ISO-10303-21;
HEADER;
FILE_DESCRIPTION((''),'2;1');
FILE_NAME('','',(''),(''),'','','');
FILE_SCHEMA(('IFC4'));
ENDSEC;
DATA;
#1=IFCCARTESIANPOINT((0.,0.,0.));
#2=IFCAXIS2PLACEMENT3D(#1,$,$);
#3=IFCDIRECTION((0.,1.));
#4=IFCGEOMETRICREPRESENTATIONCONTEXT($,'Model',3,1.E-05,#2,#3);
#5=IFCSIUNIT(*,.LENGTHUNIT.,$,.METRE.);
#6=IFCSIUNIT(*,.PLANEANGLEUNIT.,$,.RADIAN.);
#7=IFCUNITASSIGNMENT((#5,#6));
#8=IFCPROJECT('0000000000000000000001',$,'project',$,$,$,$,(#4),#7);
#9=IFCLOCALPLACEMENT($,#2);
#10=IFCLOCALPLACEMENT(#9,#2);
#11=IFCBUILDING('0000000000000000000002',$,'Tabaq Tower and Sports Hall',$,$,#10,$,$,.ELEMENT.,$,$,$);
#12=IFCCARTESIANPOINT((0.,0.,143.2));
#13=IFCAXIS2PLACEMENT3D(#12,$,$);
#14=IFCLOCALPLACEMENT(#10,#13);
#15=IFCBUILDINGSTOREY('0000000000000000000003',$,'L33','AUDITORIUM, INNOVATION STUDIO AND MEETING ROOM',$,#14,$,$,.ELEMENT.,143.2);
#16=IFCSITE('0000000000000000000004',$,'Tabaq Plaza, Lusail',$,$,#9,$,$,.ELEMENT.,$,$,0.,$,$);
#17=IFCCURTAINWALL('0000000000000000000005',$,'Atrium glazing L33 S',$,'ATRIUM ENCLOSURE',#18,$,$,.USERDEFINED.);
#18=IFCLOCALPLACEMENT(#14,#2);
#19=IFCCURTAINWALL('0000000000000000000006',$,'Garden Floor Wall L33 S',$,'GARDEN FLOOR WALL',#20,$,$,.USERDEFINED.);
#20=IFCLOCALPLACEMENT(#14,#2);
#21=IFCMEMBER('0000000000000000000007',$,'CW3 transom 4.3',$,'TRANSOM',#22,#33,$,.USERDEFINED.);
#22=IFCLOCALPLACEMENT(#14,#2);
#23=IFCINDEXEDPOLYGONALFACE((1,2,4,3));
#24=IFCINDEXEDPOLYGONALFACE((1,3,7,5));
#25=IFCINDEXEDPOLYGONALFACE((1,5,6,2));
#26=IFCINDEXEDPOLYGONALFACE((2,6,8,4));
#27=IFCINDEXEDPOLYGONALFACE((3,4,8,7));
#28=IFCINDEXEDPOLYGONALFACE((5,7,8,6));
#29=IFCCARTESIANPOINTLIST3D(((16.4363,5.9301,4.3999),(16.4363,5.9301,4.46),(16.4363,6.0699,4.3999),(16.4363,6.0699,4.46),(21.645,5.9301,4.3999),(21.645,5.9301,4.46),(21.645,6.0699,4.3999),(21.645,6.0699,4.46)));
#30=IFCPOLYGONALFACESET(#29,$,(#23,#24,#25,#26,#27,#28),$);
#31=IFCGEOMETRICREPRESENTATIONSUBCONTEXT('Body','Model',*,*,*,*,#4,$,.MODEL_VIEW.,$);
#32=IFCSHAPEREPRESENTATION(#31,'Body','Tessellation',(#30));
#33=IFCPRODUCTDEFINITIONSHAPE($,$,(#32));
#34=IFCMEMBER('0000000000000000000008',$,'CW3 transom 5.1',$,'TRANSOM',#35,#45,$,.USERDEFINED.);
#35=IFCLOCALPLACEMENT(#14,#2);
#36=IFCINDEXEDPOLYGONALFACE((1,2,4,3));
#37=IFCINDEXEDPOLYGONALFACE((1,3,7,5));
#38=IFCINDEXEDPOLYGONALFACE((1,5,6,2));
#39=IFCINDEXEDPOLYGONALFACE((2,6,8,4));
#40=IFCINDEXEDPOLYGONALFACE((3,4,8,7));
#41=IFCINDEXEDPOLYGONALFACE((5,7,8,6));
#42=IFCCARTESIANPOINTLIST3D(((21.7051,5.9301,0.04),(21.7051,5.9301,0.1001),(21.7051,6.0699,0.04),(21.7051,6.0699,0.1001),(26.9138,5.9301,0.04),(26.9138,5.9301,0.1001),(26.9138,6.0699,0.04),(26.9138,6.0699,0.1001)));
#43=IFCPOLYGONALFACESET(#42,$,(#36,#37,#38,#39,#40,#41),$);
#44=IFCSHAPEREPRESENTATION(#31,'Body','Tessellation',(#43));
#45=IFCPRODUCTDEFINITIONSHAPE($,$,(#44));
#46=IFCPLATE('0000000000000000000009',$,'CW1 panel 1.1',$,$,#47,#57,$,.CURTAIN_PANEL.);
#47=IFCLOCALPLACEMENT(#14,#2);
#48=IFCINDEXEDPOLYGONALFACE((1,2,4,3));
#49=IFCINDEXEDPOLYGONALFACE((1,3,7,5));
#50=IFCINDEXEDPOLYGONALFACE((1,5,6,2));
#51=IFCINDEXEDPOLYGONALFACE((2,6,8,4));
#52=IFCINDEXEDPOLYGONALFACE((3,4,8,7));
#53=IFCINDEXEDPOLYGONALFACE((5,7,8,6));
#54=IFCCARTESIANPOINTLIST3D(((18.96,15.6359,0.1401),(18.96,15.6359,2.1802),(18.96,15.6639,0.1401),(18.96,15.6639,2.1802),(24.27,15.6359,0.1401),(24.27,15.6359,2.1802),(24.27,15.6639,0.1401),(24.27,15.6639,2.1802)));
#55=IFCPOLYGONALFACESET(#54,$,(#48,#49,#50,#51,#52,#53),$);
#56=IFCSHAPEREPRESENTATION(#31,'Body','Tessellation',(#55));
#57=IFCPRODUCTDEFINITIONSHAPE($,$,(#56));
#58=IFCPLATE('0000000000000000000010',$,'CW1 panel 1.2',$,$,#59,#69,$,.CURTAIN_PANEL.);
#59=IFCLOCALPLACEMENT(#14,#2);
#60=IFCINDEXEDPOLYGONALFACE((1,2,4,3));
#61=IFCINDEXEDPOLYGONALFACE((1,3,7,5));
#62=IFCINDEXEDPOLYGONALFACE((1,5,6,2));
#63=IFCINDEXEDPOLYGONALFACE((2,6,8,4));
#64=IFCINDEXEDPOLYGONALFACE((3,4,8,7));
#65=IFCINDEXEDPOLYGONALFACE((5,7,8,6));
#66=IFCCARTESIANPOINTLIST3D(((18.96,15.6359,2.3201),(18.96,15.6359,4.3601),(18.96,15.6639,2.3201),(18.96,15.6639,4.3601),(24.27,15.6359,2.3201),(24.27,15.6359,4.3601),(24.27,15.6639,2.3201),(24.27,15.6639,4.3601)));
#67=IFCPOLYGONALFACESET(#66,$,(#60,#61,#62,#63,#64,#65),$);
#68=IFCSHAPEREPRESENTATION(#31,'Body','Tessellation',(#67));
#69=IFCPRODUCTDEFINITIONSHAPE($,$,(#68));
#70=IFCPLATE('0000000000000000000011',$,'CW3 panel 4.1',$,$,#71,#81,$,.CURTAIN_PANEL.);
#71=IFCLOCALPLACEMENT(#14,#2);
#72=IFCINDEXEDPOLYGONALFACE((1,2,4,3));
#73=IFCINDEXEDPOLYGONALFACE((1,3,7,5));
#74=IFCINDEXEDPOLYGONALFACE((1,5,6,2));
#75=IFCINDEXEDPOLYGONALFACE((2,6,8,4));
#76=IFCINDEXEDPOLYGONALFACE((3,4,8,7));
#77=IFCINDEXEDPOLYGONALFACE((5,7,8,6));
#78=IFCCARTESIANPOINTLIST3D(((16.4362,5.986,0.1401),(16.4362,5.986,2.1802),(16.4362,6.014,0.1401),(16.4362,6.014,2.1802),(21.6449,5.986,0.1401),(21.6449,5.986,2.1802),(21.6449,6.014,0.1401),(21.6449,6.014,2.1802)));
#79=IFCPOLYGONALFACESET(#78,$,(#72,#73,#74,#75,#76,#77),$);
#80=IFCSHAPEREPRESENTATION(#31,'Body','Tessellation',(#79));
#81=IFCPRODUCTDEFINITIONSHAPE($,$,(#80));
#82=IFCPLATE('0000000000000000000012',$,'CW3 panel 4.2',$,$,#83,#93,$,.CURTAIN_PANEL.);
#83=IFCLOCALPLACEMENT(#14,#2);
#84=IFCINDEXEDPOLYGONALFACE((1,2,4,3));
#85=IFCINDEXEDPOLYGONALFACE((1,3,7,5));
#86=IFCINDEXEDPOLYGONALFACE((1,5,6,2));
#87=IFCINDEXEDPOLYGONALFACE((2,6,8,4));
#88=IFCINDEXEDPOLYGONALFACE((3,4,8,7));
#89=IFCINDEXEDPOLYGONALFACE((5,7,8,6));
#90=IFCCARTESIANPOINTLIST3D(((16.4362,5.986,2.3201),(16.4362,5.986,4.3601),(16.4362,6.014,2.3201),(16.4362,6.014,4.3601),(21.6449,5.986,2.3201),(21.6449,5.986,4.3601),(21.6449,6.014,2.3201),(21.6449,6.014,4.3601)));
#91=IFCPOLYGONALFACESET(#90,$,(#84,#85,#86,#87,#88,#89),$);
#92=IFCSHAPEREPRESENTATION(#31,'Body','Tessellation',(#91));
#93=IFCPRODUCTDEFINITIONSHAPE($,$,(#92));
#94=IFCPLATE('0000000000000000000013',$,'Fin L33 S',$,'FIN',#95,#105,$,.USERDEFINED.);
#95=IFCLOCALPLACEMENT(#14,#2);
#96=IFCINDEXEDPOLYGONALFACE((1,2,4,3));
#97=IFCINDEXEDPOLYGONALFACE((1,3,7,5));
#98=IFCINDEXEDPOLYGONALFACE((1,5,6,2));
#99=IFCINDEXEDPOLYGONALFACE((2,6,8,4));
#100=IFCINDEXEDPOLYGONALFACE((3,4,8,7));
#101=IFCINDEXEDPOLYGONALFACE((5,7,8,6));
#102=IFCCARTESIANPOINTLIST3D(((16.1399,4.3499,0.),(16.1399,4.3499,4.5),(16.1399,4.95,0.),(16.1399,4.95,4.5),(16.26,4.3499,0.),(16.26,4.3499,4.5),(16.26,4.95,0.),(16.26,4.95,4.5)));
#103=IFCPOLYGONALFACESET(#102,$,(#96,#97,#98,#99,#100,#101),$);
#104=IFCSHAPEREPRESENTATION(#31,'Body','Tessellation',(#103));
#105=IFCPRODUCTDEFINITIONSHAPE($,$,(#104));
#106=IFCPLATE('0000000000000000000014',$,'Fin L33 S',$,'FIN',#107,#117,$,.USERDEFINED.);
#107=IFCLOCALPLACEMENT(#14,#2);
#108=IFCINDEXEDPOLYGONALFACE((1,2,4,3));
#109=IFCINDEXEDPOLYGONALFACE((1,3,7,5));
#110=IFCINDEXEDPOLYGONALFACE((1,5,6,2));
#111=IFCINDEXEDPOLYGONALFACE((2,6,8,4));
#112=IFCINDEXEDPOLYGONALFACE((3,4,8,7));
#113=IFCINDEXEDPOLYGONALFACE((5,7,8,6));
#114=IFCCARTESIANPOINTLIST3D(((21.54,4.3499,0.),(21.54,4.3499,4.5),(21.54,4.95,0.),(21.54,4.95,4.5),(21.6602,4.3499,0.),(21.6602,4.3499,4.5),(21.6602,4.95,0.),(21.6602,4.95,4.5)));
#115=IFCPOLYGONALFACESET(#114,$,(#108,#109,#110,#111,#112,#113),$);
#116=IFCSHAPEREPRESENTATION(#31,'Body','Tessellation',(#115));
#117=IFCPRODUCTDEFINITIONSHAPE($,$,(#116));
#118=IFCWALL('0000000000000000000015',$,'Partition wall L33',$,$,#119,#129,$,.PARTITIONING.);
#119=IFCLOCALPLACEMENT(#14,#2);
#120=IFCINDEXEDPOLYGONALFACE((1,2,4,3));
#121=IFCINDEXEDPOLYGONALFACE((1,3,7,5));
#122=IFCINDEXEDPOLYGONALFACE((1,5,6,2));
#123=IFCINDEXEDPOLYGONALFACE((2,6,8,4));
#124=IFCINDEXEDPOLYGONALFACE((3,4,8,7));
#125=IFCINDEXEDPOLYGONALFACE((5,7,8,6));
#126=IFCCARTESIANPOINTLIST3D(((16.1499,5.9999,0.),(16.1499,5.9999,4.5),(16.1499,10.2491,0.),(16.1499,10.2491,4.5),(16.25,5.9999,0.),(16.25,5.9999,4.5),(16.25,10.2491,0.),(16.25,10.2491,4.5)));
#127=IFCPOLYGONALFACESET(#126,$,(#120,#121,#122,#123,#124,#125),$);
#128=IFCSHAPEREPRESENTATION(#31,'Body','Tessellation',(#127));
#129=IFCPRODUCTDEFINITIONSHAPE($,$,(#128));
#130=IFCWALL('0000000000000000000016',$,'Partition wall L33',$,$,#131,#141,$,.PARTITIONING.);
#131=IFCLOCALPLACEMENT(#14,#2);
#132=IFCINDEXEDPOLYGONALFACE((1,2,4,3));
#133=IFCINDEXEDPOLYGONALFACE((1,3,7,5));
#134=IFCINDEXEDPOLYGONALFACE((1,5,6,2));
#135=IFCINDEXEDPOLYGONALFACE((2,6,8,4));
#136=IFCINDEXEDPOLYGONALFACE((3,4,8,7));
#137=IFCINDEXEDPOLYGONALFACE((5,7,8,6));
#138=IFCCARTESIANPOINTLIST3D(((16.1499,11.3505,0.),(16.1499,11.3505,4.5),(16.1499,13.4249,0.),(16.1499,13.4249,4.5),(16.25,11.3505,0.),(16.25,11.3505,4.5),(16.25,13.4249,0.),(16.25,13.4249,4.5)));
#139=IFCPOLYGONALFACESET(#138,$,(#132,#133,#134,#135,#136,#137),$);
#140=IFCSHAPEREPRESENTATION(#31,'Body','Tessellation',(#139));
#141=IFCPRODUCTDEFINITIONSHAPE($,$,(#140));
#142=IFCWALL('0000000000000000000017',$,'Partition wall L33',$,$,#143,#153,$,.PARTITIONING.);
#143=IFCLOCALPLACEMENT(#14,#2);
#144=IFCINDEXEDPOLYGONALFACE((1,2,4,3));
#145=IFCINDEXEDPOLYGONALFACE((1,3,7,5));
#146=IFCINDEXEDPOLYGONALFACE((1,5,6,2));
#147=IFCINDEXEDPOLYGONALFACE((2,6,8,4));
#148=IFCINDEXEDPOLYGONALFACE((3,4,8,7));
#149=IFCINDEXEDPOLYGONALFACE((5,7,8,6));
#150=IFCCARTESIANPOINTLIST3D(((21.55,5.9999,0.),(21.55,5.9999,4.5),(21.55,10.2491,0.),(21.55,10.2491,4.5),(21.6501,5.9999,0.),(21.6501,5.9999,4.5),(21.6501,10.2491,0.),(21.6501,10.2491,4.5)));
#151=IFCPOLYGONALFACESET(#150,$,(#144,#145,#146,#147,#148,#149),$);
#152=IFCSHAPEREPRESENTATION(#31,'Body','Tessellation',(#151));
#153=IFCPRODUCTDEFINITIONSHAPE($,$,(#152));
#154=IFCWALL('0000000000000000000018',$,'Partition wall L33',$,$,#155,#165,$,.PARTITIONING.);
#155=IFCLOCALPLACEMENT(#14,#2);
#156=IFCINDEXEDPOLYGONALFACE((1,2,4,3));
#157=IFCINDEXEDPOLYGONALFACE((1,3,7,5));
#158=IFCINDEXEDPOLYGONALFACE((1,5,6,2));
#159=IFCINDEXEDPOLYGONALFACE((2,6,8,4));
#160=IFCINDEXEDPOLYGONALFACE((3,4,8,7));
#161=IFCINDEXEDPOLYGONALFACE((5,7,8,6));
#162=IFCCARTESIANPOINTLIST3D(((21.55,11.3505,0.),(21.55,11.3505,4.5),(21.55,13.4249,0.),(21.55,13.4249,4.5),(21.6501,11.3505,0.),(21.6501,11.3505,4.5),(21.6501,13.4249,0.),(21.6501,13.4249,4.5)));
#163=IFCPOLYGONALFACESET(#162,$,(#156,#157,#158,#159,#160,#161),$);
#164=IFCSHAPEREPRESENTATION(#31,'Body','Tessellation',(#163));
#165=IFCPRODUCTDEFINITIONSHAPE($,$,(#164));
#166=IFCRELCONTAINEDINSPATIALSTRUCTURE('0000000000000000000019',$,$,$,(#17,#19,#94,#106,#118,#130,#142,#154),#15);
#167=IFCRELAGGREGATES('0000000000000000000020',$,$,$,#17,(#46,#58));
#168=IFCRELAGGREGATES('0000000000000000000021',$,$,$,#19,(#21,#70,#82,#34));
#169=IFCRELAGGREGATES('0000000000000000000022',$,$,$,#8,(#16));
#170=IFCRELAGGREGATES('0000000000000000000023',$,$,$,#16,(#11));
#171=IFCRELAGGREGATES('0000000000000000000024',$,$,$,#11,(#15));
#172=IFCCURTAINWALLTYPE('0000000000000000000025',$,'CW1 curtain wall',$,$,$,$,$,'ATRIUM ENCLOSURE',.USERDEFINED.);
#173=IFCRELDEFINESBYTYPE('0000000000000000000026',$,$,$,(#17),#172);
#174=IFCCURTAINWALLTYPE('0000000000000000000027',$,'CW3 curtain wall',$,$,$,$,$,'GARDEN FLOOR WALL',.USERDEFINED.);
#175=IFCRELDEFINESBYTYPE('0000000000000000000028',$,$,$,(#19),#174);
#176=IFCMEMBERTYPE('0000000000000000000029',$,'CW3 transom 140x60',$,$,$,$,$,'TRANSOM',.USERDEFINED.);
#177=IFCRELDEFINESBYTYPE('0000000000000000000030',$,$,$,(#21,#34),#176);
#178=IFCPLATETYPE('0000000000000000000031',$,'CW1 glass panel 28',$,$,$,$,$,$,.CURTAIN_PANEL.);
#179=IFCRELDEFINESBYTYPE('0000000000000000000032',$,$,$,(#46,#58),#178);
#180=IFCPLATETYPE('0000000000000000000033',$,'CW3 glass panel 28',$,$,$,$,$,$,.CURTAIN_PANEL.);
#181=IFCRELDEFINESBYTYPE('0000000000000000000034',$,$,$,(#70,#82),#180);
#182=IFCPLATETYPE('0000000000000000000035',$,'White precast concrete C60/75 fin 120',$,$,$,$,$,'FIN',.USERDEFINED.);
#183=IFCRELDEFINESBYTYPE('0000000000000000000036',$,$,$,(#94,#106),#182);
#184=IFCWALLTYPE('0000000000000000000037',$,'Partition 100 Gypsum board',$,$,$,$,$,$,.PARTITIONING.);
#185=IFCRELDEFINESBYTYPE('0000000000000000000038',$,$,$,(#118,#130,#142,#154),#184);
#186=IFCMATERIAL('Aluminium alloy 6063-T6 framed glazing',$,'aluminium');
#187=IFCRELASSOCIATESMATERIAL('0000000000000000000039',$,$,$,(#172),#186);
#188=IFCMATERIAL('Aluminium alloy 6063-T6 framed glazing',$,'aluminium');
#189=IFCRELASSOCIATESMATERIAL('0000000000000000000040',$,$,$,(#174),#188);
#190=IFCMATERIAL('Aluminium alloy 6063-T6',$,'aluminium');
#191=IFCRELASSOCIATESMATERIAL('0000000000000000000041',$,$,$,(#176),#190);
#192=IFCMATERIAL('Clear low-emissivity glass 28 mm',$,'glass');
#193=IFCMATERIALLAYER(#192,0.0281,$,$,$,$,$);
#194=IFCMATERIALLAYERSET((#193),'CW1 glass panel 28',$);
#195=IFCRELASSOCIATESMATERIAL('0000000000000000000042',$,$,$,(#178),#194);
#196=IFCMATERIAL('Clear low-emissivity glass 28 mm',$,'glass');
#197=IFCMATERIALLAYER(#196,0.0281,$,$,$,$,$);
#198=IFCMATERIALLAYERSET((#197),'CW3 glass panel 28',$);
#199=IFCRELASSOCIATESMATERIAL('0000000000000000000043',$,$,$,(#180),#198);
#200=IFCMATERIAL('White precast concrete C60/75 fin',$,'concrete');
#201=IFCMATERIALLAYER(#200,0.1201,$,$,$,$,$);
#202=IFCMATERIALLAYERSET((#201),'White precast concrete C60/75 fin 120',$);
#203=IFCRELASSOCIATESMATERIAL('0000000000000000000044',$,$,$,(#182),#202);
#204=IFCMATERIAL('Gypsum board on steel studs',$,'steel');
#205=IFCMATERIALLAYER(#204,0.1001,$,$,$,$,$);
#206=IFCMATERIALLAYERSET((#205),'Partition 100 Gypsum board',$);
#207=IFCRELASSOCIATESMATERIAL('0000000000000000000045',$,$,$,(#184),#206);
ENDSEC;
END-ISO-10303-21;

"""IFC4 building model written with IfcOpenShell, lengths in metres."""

from ifc_helpers import new_model, si_unit, direction, frame, frame_2d, origin, origin_2d, place, context, subcontext, project, spatial, rectangle, extrude, material, layer, layer_set, material_profile, profile_set, type_object, element, aggregate, save


model = new_model("IFC4")

# Units and contexts
model_context = context("Model", 3, precision=1e-05, world=origin(), true_north=direction((0.0, 1.0)))
body_context = subcontext(model_context, "Body", "Model", "MODEL_VIEW")
ifc_project = project(units=[si_unit("LENGTHUNIT", "METRE"), si_unit("PLANEANGLEUNIT", "RADIAN")], contexts=[model_context])

# Site, building, storey
site_placement = place(None, origin())
site = spatial("IfcSite", under=ifc_project, at=site_placement, Name="Tabaq Plaza, Lusail", CompositionType="ELEMENT", RefElevation=0.0)
building_placement = place(site_placement, origin())
building = spatial("IfcBuilding", under=site, at=building_placement, Name="Tabaq Tower and Sports Hall", CompositionType="ELEMENT")
storey_placement = place(building_placement, frame((0.0, 0.0, 143.2)))
storey = spatial("IfcBuildingStorey", under=building, at=storey_placement, Name="L33", Description="AUDITORIUM, INNOVATION STUDIO AND MEETING ROOM", CompositionType="ELEMENT", Elevation=143.2)

# Curtain walls, members
ifc_material_1 = material(Name="Aluminium alloy 6063-T6 framed glazing", Category="aluminium")
curtain_wall_type_1 = type_object("IfcCurtainWallType", Name="CW1 curtain wall", ElementType="ATRIUM ENCLOSURE", PredefinedType="USERDEFINED", material=ifc_material_1)
curtain_wall_1_placement = place(storey_placement, origin())
curtain_wall_1 = element("IfcCurtainWall", 1, at=curtain_wall_1_placement, inside=storey, type_object=curtain_wall_type_1, Name="Atrium glazing L33 S", ObjectType="ATRIUM ENCLOSURE", PredefinedType="USERDEFINED")
ifc_material_2 = material(Name="Aluminium alloy 6063-T6 framed glazing", Category="aluminium")
curtain_wall_type_2 = type_object("IfcCurtainWallType", Name="CW3 curtain wall", ElementType="GARDEN FLOOR WALL", PredefinedType="USERDEFINED", material=ifc_material_2)
curtain_wall_2_placement = place(storey_placement, origin())
curtain_wall_2 = element("IfcCurtainWall", 2, at=curtain_wall_2_placement, inside=storey, type_object=curtain_wall_type_2, Name="Garden Floor Wall L33 S", ObjectType="GARDEN FLOOR WALL", PredefinedType="USERDEFINED")
ifc_material_3 = material(Name="Aluminium alloy 6063-T6", Category="aluminium")
ifc_material_profile_1 = material_profile(ifc_material_3, rectangle(XDim=0.1399, YDim=0.0601, at=origin_2d()), Name="TRANSOM 140x60")
ifc_profile_set_1 = profile_set([ifc_material_profile_1], Name="Aluminium alloy 6063-T6")
member_type_1 = type_object("IfcMemberType", Name="CW3 transom 140x60", ElementType="TRANSOM", PredefinedType="USERDEFINED", material=ifc_profile_set_1)
member_1_placement = place(storey_placement, frame((16.4363, 6.0, 4.4299), z_axis=(1.0, 0.0, 0.0), x_axis=(0.0, 1.0, 0.0)))
member_1 = element("IfcMember", 3, at=member_1_placement, type_object=member_type_1, Name="CW3 transom 4.3", ObjectType="TRANSOM", PredefinedType="USERDEFINED", context=body_context, shape_type="SweptSolid", body=[
    extrude(rectangle(XDim=0.1399, YDim=0.0601, at=origin_2d()), origin(), (0.0, 0.0, 1.0), 5.2087),
])
member_2_placement = place(storey_placement, frame((21.7051, 6.0, 0.0701), z_axis=(1.0, 0.0, 0.0), x_axis=(0.0, 1.0, 0.0)))
member_2 = element("IfcMember", 4, at=member_2_placement, type_object=member_type_1, Name="CW3 transom 5.1", ObjectType="TRANSOM", PredefinedType="USERDEFINED", context=body_context, shape_type="SweptSolid", body=[
    extrude(rectangle(XDim=0.1399, YDim=0.0601, at=origin_2d()), origin(), (0.0, 0.0, 1.0), 5.2087),
])

# Plates
ifc_material_4 = material(Name="Clear low-emissivity glass 28 mm", Category="glass")
ifc_layer_1 = layer(ifc_material_4, 0.0281)
ifc_layer_set_1 = layer_set([ifc_layer_1], Name="CW1 glass panel 28")
plate_type_1 = type_object("IfcPlateType", Name="CW1 glass panel 28", PredefinedType="CURTAIN_PANEL", material=ifc_layer_set_1)
plate_1_placement = place(storey_placement, frame((21.615, 15.6499, 0.1401), z_axis=(0.0, 0.0, 1.0), x_axis=(1.0, 0.0, 0.0)))
plate_1 = element("IfcPlate", 5, at=plate_1_placement, type_object=plate_type_1, Name="CW1 panel 1.1", PredefinedType="CURTAIN_PANEL", context=body_context, shape_type="SweptSolid", body=[
    extrude(rectangle(XDim=5.3101, YDim=0.0281, at=origin_2d()), origin(), (0.0, 0.0, 1.0), 2.04),
])
plate_2_placement = place(storey_placement, frame((21.615, 15.6499, 2.3201), z_axis=(0.0, 0.0, 1.0), x_axis=(1.0, 0.0, 0.0)))
plate_2 = element("IfcPlate", 6, at=plate_2_placement, type_object=plate_type_1, Name="CW1 panel 1.2", PredefinedType="CURTAIN_PANEL", context=body_context, shape_type="SweptSolid", body=[
    extrude(rectangle(XDim=5.3101, YDim=0.0281, at=origin_2d()), origin(), (0.0, 0.0, 1.0), 2.04),
])
aggregate(curtain_wall_1, [plate_1, plate_2])
ifc_material_5 = material(Name="Clear low-emissivity glass 28 mm", Category="glass")
ifc_layer_2 = layer(ifc_material_5, 0.0281)
ifc_layer_set_2 = layer_set([ifc_layer_2], Name="CW3 glass panel 28")
plate_type_2 = type_object("IfcPlateType", Name="CW3 glass panel 28", PredefinedType="CURTAIN_PANEL", material=ifc_layer_set_2)
plate_3_placement = place(storey_placement, frame((19.0405, 6.0, 0.1401), z_axis=(0.0, 0.0, 1.0), x_axis=(1.0, 0.0, 0.0)))
plate_3 = element("IfcPlate", 7, at=plate_3_placement, type_object=plate_type_2, Name="CW3 panel 4.1", PredefinedType="CURTAIN_PANEL", context=body_context, shape_type="SweptSolid", body=[
    extrude(rectangle(XDim=5.2087, YDim=0.0281, at=origin_2d()), origin(), (0.0, 0.0, 1.0), 2.04),
])
plate_4_placement = place(storey_placement, frame((19.0405, 6.0, 2.3201), z_axis=(0.0, 0.0, 1.0), x_axis=(1.0, 0.0, 0.0)))
plate_4 = element("IfcPlate", 8, at=plate_4_placement, type_object=plate_type_2, Name="CW3 panel 4.2", PredefinedType="CURTAIN_PANEL", context=body_context, shape_type="SweptSolid", body=[
    extrude(rectangle(XDim=5.2087, YDim=0.0281, at=origin_2d()), origin(), (0.0, 0.0, 1.0), 2.04),
])
aggregate(curtain_wall_2, [member_1, plate_3, plate_4, member_2])

# Plates
ifc_material_6 = material(Name="White precast concrete C60/75 fin", Category="concrete")
ifc_layer_3 = layer(ifc_material_6, 0.1201)
ifc_layer_set_3 = layer_set([ifc_layer_3], Name="White precast concrete C60/75 fin 120")
plate_type_3 = type_object("IfcPlateType", Name="White precast concrete C60/75 fin 120", ElementType="FIN", PredefinedType="USERDEFINED", material=ifc_layer_set_3)
for number, where, z_axis, x_axis, name in (
    (9, (16.2, 4.6499, 0.0), (0.0, 0.0, 1.0), (1.0, 0.0, 0.0), "Fin L33 S"),
    (10, (21.6001, 4.6499, 0.0), (0.0, 0.0, 1.0), (1.0, 0.0, 0.0), "Fin L33 S"),
):
    element("IfcPlate", number, at=place(storey_placement, frame(where, z_axis=z_axis, x_axis=x_axis)), inside=storey, type_object=plate_type_3, Name=name, ObjectType="FIN", PredefinedType="USERDEFINED", context=body_context, shape_type="SweptSolid", body=[
        extrude(rectangle(XDim=0.1201, YDim=0.6001, at=origin_2d()), origin(), (0.0, 0.0, 1.0), 4.5),
    ])

# Walls
ifc_material_7 = material(Name="Gypsum board on steel studs", Category="steel")
ifc_layer_4 = layer(ifc_material_7, 0.1001)
ifc_layer_set_4 = layer_set([ifc_layer_4], Name="Partition 100 Gypsum board")
wall_type_1 = type_object("IfcWallType", Name="Partition 100 Gypsum board", PredefinedType="PARTITIONING", material=ifc_layer_set_4)
wall_1_placement = place(storey_placement, frame((16.2, 6.0, 0.0), z_axis=(0.0, 0.0, 1.0), x_axis=(0.0, 1.0, 0.0)))
element("IfcWall", 11, at=wall_1_placement, inside=storey, type_object=wall_type_1, Name="Partition wall L33", PredefinedType="PARTITIONING", context=body_context, shape_type="SweptSolid", body=[
    extrude(rectangle(XDim=4.2493, YDim=0.1001, at=frame_2d((2.1245, 0.0))), origin(), (0.0, 0.0, 1.0), 4.5),
])
wall_2_placement = place(storey_placement, frame((16.2, 11.3506, 0.0), z_axis=(0.0, 0.0, 1.0), x_axis=(0.0, 1.0, 0.0)))
element("IfcWall", 12, at=wall_2_placement, inside=storey, type_object=wall_type_1, Name="Partition wall L33", PredefinedType="PARTITIONING", context=body_context, shape_type="SweptSolid", body=[
    extrude(rectangle(XDim=2.0745, YDim=0.1001, at=frame_2d((1.0371, 0.0))), origin(), (0.0, 0.0, 1.0), 4.5),
])
wall_3_placement = place(storey_placement, frame((21.6001, 6.0, 0.0), z_axis=(0.0, 0.0, 1.0), x_axis=(0.0, 1.0, 0.0)))
element("IfcWall", 13, at=wall_3_placement, inside=storey, type_object=wall_type_1, Name="Partition wall L33", PredefinedType="PARTITIONING", context=body_context, shape_type="SweptSolid", body=[
    extrude(rectangle(XDim=4.2493, YDim=0.1001, at=frame_2d((2.1245, 0.0))), origin(), (0.0, 0.0, 1.0), 4.5),
])
wall_4_placement = place(storey_placement, frame((21.6001, 11.3506, 0.0), z_axis=(0.0, 0.0, 1.0), x_axis=(0.0, 1.0, 0.0)))
element("IfcWall", 14, at=wall_4_placement, inside=storey, type_object=wall_type_1, Name="Partition wall L33", PredefinedType="PARTITIONING", context=body_context, shape_type="SweptSolid", body=[
    extrude(rectangle(XDim=2.0745, YDim=0.1001, at=frame_2d((1.0371, 0.0))), origin(), (0.0, 0.0, 1.0), 4.5),
])

save(model, "model.ifc")
